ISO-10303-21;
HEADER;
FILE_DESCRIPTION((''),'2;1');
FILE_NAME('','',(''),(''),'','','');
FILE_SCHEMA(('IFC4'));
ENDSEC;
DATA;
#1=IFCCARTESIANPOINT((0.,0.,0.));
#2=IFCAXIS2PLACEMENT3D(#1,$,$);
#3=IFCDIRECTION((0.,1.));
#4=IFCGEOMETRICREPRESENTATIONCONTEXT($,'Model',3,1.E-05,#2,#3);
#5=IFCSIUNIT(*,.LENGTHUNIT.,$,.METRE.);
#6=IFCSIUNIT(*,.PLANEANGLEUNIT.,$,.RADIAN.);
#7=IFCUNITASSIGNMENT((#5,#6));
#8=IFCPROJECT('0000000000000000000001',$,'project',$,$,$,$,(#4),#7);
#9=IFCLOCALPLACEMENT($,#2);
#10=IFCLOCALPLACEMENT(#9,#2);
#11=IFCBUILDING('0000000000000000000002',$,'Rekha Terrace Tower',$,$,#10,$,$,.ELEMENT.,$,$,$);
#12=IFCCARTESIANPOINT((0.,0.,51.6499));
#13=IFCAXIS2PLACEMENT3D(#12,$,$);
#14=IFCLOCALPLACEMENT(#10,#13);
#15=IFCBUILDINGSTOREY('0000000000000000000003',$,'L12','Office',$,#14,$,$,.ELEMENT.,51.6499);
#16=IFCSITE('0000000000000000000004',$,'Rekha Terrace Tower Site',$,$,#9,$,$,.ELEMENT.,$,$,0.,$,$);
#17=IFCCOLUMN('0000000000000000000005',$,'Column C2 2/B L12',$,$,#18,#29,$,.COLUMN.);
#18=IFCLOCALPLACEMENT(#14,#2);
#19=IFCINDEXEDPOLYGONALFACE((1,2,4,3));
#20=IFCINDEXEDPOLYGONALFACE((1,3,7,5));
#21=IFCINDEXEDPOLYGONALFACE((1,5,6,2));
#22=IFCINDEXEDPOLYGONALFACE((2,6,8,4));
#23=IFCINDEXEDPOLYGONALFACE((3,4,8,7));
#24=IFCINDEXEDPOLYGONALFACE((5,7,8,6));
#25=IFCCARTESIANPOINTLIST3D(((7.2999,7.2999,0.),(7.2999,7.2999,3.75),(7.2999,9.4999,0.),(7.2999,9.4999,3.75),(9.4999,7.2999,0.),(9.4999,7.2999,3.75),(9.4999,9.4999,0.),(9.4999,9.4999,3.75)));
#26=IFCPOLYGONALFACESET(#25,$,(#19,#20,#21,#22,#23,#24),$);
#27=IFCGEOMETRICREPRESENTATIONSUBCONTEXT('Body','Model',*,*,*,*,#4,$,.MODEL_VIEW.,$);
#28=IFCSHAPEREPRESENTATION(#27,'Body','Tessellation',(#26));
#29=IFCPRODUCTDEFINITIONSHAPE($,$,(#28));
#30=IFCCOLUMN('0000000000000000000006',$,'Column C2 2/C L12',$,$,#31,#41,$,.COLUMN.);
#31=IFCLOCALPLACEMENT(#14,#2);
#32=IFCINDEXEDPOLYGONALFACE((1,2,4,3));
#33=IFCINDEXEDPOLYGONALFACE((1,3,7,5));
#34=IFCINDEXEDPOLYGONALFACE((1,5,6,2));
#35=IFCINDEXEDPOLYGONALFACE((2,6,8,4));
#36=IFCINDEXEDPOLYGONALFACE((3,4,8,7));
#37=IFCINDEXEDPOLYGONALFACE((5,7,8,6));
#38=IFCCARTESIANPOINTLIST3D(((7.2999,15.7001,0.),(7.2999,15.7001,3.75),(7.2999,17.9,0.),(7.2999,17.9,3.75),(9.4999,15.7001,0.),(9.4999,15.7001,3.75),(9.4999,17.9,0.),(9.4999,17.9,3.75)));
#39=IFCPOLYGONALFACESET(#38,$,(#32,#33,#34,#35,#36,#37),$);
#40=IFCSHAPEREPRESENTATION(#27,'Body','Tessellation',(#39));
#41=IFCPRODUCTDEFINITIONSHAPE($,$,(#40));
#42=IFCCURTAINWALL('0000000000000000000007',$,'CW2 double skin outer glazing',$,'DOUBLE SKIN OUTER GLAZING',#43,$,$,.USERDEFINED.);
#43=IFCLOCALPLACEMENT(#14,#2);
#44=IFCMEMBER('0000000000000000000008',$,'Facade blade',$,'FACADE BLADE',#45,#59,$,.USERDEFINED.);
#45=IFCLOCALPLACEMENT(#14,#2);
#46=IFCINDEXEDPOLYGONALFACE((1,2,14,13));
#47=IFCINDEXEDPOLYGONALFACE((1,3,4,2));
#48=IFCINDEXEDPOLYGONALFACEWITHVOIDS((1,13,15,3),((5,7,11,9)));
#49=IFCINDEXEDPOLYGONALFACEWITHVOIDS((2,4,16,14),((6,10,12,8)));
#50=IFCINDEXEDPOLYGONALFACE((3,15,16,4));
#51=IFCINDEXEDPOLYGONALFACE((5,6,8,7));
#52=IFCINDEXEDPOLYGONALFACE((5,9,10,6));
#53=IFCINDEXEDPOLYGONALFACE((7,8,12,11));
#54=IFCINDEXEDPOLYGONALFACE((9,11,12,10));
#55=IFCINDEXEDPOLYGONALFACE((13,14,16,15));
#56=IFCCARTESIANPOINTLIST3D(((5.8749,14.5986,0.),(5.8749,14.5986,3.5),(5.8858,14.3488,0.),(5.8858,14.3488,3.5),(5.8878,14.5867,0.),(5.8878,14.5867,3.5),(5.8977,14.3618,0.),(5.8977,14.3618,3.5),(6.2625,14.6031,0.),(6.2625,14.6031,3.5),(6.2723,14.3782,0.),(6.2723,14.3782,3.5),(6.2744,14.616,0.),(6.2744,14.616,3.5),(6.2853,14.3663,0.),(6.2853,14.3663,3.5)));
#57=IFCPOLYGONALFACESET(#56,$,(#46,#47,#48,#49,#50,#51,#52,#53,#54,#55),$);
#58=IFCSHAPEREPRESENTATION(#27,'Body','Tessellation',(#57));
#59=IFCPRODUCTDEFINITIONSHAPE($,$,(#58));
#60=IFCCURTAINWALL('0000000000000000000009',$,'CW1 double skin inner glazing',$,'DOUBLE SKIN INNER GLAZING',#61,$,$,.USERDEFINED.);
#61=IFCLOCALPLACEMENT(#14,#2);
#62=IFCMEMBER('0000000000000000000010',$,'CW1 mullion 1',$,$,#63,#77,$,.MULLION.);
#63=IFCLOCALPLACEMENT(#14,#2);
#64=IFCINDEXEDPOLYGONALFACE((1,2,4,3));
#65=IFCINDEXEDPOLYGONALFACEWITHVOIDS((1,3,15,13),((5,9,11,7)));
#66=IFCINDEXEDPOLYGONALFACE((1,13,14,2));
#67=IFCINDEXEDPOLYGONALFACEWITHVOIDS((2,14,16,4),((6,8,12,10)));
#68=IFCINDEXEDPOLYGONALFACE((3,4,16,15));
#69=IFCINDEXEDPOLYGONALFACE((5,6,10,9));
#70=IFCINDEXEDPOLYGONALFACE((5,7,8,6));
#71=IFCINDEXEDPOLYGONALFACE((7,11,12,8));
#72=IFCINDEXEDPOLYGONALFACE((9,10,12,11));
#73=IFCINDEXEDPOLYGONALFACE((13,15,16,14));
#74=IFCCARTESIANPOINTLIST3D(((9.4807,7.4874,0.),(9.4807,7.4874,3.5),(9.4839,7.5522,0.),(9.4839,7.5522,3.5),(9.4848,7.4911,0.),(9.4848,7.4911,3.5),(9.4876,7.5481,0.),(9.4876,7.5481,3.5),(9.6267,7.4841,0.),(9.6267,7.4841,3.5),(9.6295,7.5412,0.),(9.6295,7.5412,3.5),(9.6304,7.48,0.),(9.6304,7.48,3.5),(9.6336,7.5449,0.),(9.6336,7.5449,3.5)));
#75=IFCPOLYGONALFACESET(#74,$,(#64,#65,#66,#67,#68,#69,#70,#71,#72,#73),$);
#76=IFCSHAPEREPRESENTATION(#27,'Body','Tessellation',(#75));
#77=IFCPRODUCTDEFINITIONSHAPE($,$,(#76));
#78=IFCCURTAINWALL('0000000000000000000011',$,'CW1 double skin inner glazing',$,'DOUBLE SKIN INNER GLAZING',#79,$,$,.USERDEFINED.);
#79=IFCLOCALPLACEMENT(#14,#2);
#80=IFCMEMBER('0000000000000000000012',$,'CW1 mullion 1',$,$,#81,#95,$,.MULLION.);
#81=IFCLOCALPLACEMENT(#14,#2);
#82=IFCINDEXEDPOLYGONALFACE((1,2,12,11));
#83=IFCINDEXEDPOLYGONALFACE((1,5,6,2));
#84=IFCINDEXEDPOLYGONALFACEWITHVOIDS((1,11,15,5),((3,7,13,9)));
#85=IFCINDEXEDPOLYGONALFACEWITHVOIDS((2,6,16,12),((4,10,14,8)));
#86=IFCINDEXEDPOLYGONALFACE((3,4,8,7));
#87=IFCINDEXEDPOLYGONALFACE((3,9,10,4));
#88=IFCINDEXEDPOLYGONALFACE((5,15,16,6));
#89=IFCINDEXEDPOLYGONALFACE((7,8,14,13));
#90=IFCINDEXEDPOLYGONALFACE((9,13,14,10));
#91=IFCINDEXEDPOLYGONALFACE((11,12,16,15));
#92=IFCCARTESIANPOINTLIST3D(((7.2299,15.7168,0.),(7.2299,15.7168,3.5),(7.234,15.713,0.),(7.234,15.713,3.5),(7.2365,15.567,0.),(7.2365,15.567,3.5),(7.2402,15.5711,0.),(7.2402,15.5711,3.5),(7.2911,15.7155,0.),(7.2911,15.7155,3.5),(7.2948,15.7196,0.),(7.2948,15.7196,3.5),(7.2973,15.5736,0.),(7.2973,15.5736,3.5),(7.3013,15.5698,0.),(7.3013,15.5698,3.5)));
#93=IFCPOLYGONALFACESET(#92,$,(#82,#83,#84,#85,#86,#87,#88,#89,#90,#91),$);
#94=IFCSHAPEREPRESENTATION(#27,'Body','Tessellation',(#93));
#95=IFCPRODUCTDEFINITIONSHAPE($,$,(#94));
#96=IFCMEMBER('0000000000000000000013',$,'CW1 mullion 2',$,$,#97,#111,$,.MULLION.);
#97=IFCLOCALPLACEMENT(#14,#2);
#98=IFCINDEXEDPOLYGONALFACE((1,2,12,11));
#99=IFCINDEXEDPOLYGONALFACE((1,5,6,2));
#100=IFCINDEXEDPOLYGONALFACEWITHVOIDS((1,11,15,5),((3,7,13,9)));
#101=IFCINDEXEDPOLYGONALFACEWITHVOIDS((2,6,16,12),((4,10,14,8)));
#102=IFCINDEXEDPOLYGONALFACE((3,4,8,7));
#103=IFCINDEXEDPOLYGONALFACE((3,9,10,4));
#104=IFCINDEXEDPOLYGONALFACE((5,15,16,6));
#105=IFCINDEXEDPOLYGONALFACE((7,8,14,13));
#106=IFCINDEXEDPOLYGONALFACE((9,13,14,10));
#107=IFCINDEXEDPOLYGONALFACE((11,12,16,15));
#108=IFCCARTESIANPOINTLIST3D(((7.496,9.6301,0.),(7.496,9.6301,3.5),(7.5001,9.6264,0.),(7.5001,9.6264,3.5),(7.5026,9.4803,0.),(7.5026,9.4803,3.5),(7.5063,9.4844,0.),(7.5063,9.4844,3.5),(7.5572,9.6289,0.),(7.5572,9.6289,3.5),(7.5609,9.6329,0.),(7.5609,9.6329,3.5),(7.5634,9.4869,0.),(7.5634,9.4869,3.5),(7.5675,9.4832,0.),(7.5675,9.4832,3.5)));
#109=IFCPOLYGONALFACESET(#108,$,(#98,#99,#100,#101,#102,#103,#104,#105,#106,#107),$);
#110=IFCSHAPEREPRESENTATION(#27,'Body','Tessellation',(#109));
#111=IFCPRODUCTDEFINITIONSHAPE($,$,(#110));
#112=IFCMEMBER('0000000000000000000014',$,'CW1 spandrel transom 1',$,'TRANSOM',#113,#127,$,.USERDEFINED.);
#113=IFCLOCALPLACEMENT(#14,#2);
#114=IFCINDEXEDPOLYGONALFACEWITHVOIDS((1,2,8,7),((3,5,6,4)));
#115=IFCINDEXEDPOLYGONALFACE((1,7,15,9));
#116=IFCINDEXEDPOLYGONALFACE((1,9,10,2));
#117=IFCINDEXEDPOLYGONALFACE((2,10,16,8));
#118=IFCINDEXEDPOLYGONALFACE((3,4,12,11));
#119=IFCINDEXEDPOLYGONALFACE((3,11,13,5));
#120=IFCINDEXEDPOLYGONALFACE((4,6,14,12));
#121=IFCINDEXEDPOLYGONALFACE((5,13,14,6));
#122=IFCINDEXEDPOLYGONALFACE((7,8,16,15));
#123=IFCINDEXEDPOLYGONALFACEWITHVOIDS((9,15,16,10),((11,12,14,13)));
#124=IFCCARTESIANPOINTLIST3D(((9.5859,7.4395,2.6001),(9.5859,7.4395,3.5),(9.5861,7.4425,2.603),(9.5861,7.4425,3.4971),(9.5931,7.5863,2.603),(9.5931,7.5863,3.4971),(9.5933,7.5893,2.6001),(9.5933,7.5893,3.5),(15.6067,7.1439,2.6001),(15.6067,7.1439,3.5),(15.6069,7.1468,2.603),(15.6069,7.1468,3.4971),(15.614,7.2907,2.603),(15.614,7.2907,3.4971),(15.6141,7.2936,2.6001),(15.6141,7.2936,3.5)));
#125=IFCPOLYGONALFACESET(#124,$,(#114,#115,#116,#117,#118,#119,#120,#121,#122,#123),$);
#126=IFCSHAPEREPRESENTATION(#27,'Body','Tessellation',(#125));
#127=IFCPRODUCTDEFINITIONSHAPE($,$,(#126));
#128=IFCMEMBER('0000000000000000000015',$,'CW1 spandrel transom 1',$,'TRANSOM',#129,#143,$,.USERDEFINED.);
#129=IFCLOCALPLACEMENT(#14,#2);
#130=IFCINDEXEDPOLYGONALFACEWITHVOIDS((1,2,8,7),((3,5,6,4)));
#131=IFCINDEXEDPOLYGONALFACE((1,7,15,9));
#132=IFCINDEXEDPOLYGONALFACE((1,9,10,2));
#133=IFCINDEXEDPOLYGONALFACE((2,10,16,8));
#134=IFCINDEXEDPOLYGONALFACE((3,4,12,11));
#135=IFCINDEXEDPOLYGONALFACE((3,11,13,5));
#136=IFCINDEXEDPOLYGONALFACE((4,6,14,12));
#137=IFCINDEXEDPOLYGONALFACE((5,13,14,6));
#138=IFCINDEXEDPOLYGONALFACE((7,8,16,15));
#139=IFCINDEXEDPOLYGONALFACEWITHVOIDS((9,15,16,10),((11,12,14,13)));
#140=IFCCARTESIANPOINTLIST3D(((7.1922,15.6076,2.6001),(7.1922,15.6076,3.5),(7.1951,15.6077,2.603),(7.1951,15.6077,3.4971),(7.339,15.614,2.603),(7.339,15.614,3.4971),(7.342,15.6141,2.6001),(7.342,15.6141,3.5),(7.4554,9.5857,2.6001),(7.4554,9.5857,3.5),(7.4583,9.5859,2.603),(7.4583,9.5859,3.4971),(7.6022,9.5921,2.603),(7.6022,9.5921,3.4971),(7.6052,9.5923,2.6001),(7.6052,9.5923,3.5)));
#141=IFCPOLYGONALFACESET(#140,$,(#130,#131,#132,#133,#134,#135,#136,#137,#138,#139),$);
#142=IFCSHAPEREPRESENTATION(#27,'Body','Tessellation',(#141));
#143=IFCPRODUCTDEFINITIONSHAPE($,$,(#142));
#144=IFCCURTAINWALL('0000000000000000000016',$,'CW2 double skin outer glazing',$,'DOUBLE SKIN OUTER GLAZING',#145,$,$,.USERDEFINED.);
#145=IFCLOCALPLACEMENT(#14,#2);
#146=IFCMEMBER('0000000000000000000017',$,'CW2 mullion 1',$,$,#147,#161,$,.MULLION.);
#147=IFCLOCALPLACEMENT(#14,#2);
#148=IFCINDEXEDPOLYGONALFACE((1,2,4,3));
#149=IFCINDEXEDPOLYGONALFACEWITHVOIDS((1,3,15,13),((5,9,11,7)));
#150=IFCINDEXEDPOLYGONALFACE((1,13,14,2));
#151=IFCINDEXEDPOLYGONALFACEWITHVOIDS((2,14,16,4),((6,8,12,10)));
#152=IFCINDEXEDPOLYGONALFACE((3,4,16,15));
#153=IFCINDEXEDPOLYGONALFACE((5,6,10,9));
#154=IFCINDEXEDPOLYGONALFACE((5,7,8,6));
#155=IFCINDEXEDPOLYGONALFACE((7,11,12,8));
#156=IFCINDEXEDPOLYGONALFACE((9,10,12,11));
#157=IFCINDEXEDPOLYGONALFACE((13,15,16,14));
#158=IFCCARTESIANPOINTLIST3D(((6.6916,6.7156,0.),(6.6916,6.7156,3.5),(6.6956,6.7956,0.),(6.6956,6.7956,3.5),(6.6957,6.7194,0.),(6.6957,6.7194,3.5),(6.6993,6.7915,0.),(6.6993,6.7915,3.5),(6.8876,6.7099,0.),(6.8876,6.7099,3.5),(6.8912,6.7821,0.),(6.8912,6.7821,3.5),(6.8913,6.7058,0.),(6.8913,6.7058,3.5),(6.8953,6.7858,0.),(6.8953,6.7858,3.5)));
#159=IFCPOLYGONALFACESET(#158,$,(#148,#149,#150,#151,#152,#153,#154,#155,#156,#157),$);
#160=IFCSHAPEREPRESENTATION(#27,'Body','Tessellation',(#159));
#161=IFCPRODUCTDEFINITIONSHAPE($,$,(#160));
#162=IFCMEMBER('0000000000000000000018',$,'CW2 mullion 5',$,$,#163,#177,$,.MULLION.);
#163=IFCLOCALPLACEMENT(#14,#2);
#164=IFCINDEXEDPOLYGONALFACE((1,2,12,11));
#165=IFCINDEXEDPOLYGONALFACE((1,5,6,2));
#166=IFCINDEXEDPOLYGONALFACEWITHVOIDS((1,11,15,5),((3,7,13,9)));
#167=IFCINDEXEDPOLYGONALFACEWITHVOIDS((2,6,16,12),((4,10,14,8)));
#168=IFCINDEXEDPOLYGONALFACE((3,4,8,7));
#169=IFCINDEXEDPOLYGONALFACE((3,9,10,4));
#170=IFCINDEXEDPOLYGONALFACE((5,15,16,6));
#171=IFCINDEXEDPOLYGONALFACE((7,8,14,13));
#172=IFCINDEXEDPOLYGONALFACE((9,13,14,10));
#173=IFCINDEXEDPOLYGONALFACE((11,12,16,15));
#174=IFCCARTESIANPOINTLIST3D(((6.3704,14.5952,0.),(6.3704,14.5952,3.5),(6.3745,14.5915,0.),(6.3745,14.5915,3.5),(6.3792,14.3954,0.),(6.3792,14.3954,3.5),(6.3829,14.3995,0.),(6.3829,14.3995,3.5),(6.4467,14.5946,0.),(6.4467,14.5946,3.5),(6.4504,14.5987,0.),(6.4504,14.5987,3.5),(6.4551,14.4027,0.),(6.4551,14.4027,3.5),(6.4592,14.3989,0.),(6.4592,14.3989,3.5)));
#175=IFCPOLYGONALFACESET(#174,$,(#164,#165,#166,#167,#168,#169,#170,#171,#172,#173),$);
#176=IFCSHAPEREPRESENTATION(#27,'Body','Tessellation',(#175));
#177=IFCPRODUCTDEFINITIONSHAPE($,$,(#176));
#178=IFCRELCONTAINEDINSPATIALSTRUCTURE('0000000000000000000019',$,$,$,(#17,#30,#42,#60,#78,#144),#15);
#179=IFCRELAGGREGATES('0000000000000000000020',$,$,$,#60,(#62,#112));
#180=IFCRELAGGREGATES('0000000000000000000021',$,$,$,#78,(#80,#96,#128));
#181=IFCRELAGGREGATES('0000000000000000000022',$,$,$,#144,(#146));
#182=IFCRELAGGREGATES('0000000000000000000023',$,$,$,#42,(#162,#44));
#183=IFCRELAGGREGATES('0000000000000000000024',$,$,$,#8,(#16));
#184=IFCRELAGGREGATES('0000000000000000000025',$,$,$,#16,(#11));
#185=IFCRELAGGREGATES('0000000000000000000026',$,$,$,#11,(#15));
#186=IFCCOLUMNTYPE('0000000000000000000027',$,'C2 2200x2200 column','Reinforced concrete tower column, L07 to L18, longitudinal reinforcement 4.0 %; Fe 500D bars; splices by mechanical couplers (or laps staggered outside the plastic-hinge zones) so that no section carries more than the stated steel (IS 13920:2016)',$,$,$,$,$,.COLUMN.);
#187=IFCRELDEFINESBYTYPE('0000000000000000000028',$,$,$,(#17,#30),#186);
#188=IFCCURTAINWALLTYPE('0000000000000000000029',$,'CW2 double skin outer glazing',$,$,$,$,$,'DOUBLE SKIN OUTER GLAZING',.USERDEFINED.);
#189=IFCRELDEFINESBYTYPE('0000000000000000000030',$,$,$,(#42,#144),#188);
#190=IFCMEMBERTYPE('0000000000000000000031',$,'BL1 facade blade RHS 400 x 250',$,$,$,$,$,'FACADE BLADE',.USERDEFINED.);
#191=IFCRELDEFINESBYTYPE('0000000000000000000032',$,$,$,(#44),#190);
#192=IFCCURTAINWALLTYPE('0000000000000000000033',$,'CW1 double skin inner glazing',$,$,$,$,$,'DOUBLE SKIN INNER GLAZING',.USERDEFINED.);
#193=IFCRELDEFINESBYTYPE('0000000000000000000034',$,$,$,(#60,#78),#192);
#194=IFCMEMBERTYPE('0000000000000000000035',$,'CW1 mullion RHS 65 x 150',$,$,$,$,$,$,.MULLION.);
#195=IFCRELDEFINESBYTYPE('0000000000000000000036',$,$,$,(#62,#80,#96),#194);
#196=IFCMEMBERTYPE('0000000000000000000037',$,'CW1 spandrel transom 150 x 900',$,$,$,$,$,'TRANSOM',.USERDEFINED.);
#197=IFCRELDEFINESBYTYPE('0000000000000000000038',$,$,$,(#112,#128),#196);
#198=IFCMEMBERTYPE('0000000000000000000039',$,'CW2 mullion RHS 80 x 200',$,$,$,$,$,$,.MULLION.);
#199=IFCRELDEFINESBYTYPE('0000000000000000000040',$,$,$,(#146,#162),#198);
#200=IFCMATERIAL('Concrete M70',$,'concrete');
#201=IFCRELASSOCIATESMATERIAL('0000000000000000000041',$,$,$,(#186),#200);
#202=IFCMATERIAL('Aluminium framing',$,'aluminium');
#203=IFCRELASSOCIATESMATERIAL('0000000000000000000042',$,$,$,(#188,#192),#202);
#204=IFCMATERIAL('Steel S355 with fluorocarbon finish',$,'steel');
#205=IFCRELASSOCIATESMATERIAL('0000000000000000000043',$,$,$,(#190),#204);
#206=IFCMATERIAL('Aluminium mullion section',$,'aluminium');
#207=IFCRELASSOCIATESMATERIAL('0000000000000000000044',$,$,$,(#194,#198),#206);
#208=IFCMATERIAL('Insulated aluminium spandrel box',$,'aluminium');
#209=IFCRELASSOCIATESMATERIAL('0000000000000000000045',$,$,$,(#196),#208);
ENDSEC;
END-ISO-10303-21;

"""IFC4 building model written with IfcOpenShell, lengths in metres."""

from ifc_helpers import new_model, si_unit, direction, frame, origin, origin_2d, place, context, subcontext, project, spatial, rectangle, hollow_rectangle, extrude, material, material_profile, profile_set, type_object, element, aggregate, save


model = new_model("IFC4")

# Units and contexts
model_context = context("Model", 3, precision=1e-05, world=origin(), true_north=direction((0.0, 1.0)))
body_context = subcontext(model_context, "Body", "Model", "MODEL_VIEW")
ifc_project = project(units=[si_unit("LENGTHUNIT", "METRE"), si_unit("PLANEANGLEUNIT", "RADIAN")], contexts=[model_context])

# Site, building, storey
site_placement = place(None, origin())
site = spatial("IfcSite", under=ifc_project, at=site_placement, Name="Rekha Terrace Tower Site", CompositionType="ELEMENT", RefElevation=0.0)
building_placement = place(site_placement, origin())
building = spatial("IfcBuilding", under=site, at=building_placement, Name="Rekha Terrace Tower", CompositionType="ELEMENT")
storey_placement = place(building_placement, frame((0.0, 0.0, 51.6499)))
storey = spatial("IfcBuildingStorey", under=building, at=storey_placement, Name="L12", Description="Office", CompositionType="ELEMENT", Elevation=51.6499)

# Columns
ifc_material_1 = material(Name="Concrete M70", Category="concrete")
ifc_material_profile_1 = material_profile(ifc_material_1, rectangle(XDim=2.2, YDim=2.2, at=origin_2d()), Name="RC 2200x2200")
ifc_profile_set_1 = profile_set([ifc_material_profile_1], Name="Concrete M70")
column_type = type_object("IfcColumnType", Name="C2 2200x2200 column", Description="Reinforced concrete tower column, L07 to L18, longitudinal reinforcement 4.0 %; Fe 500D bars; splices by mechanical couplers (or laps staggered outside the plastic-hinge zones) so that no section carries more than the stated steel (IS 13920:2016)", PredefinedType="COLUMN", material=ifc_profile_set_1)
for number, where, z_axis, x_axis, name in (
    (1, (8.3999, 8.3999, 0.0), (0.0, 0.0, 1.0), (1.0, 0.0, 0.0), "Column C2 2/B L12"),
    (2, (8.3999, 16.8, 0.0), (0.0, 0.0, 1.0), (1.0, 0.0, 0.0), "Column C2 2/C L12"),
):
    element("IfcColumn", number, at=place(storey_placement, frame(where, z_axis=z_axis, x_axis=x_axis)), inside=storey, type_object=column_type, Name=name, PredefinedType="COLUMN", context=body_context, shape_type="SweptSolid", body=[
        extrude(rectangle(XDim=2.2, YDim=2.2, at=origin_2d()), origin(), (0.0, 0.0, 1.0), 3.75),
    ])

# Curtain walls, members
ifc_material_2 = material(Name="Aluminium framing", Category="aluminium")
curtain_wall_type_1 = type_object("IfcCurtainWallType", Name="CW2 double skin outer glazing", ElementType="DOUBLE SKIN OUTER GLAZING", PredefinedType="USERDEFINED", material=ifc_material_2)
curtain_wall_1_placement = place(storey_placement, origin())
curtain_wall_1 = element("IfcCurtainWall", 3, at=curtain_wall_1_placement, inside=storey, type_object=curtain_wall_type_1, Name="CW2 double skin outer glazing", ObjectType="DOUBLE SKIN OUTER GLAZING", PredefinedType="USERDEFINED")
ifc_material_3 = material(Name="Steel S355 with fluorocarbon finish", Category="steel")
ifc_material_profile_2 = material_profile(ifc_material_3, hollow_rectangle(XDim=0.25, YDim=0.3999, WallThickness=0.0125, at=origin_2d()), Name="RHS400x250x12.5")
ifc_profile_set_2 = profile_set([ifc_material_profile_2], Name="Steel S355 with fluorocarbon finish")
member_type_1 = type_object("IfcMemberType", Name="BL1 facade blade RHS 400 x 250", ElementType="FACADE BLADE", PredefinedType="USERDEFINED", material=ifc_profile_set_2)
member_1_placement = place(storey_placement, frame((6.0801, 14.4824, 0.0), z_axis=(0.0, 0.0, 1.0), x_axis=(0.043682, -0.999045, 0.0)))
member_1 = element("IfcMember", 4, at=member_1_placement, type_object=member_type_1, Name="Facade blade", ObjectType="FACADE BLADE", PredefinedType="USERDEFINED", context=body_context, shape_type="SweptSolid", body=[
    extrude(hollow_rectangle(XDim=0.25, YDim=0.3999, WallThickness=0.0125, at=origin_2d()), origin(), (0.0, 0.0, 1.0), 3.5),
])
curtain_wall_type_2 = type_object("IfcCurtainWallType", Name="CW1 double skin inner glazing", ElementType="DOUBLE SKIN INNER GLAZING", PredefinedType="USERDEFINED", material=ifc_material_2)
curtain_wall_2_placement = place(storey_placement, origin())
curtain_wall_2 = element("IfcCurtainWall", 5, at=curtain_wall_2_placement, inside=storey, type_object=curtain_wall_type_2, Name="CW1 double skin inner glazing", ObjectType="DOUBLE SKIN INNER GLAZING", PredefinedType="USERDEFINED")
ifc_material_4 = material(Name="Aluminium mullion section", Category="aluminium")
ifc_material_profile_3 = material_profile(ifc_material_4, hollow_rectangle(XDim=0.0649, YDim=0.1499, WallThickness=0.0039, at=origin_2d()), Name="AL RHS 65x150")
ifc_profile_set_3 = profile_set([ifc_material_profile_3], Name="Aluminium mullion section")
member_type_2 = type_object("IfcMemberType", Name="CW1 mullion RHS 65 x 150", PredefinedType="MULLION", material=ifc_profile_set_3)
member_2_placement = place(storey_placement, frame((9.5571, 7.5161, 0.0), z_axis=(0.0, 0.0, 1.0), x_axis=(0.049052, 0.998796, 0.0)))
member_2 = element("IfcMember", 6, at=member_2_placement, type_object=member_type_2, Name="CW1 mullion 1", PredefinedType="MULLION", context=body_context, shape_type="SweptSolid", body=[
    extrude(hollow_rectangle(XDim=0.0649, YDim=0.1499, WallThickness=0.0039, at=origin_2d()), origin(), (0.0, 0.0, 1.0), 3.5),
])

# Curtain wall, members
curtain_wall_3_placement = place(storey_placement, origin())
curtain_wall_3 = element("IfcCurtainWall", 7, at=curtain_wall_3_placement, inside=storey, type_object=curtain_wall_type_2, Name="CW1 double skin inner glazing", ObjectType="DOUBLE SKIN INNER GLAZING", PredefinedType="USERDEFINED")
member_3_placement = place(storey_placement, frame((7.2656, 15.6433, 0.0), z_axis=(0.0, 0.0, 1.0), x_axis=(0.999045, 0.043683, 0.0)))
member_3 = element("IfcMember", 8, at=member_3_placement, type_object=member_type_2, Name="CW1 mullion 1", PredefinedType="MULLION", context=body_context, shape_type="SweptSolid", body=[
    extrude(hollow_rectangle(XDim=0.0649, YDim=0.1499, WallThickness=0.0039, at=origin_2d()), origin(), (0.0, 0.0, 1.0), 3.5),
])
member_4_placement = place(storey_placement, frame((7.5317, 9.5566, 0.0), z_axis=(0.0, 0.0, 1.0), x_axis=(0.999045, 0.043683, 0.0)))
member_4 = element("IfcMember", 9, at=member_4_placement, type_object=member_type_2, Name="CW1 mullion 2", PredefinedType="MULLION", context=body_context, shape_type="SweptSolid", body=[
    extrude(hollow_rectangle(XDim=0.0649, YDim=0.1499, WallThickness=0.0039, at=origin_2d()), origin(), (0.0, 0.0, 1.0), 3.5),
])

# Members
ifc_material_5 = material(Name="Insulated aluminium spandrel box", Category="aluminium")
ifc_material_profile_4 = material_profile(ifc_material_5, hollow_rectangle(XDim=0.1499, YDim=0.8999, WallThickness=0.0029, at=origin_2d()), Name="AL SPANDREL BOX 150x900")
ifc_profile_set_4 = profile_set([ifc_material_profile_4], Name="Insulated aluminium spandrel box")
member_type_3 = type_object("IfcMemberType", Name="CW1 spandrel transom 150 x 900", ElementType="TRANSOM", PredefinedType="USERDEFINED", material=ifc_profile_set_4)
member_5_placement = place(storey_placement, frame((9.5896, 7.5144, 3.05), z_axis=(0.998796, -0.049047, 0.0), x_axis=(0.049047, 0.998796, 0.0)))
member_5 = element("IfcMember", 10, at=member_5_placement, type_object=member_type_3, Name="CW1 spandrel transom 1", ObjectType="TRANSOM", PredefinedType="USERDEFINED", context=body_context, shape_type="SweptSolid", body=[
    extrude(hollow_rectangle(XDim=0.1499, YDim=0.8999, WallThickness=0.0029, at=origin_2d()), origin(), (0.0, 0.0, 1.0), 6.0281),
])
aggregate(curtain_wall_2, [member_2, member_5])
member_6_placement = place(storey_placement, frame((7.2671, 15.6108, 3.05), z_axis=(0.043664, -0.999046, 0.0), x_axis=(0.999046, 0.043664, 0.0)))
member_6 = element("IfcMember", 11, at=member_6_placement, type_object=member_type_3, Name="CW1 spandrel transom 1", ObjectType="TRANSOM", PredefinedType="USERDEFINED", context=body_context, shape_type="SweptSolid", body=[
    extrude(hollow_rectangle(XDim=0.1499, YDim=0.8999, WallThickness=0.0029, at=origin_2d()), origin(), (0.0, 0.0, 1.0), 6.0276),
])

# Curtain wall, member
curtain_wall_4_placement = place(storey_placement, origin())
curtain_wall_4 = element("IfcCurtainWall", 12, at=curtain_wall_4_placement, inside=storey, type_object=curtain_wall_type_1, Name="CW2 double skin outer glazing", ObjectType="DOUBLE SKIN OUTER GLAZING", PredefinedType="USERDEFINED")
ifc_material_profile_5 = material_profile(ifc_material_4, hollow_rectangle(XDim=0.0801, YDim=0.2, WallThickness=0.0039, at=origin_2d()), Name="AL RHS 80x200")
ifc_profile_set_5 = profile_set([ifc_material_profile_5], Name="Aluminium mullion section")
member_type_4 = type_object("IfcMemberType", Name="CW2 mullion RHS 80 x 200", PredefinedType="MULLION", material=ifc_profile_set_5)
member_7_placement = place(storey_placement, frame((6.7935, 6.7507, 0.0), z_axis=(0.0, 0.0, 1.0), x_axis=(0.049052, 0.998796, 0.0)))
member_7 = element("IfcMember", 13, at=member_7_placement, type_object=member_type_4, Name="CW2 mullion 1", PredefinedType="MULLION", context=body_context, shape_type="SweptSolid", body=[
    extrude(hollow_rectangle(XDim=0.0801, YDim=0.2, WallThickness=0.0039, at=origin_2d()), origin(), (0.0, 0.0, 1.0), 3.5),
])

# Member
member_8_placement = place(storey_placement, frame((6.4148, 14.4971, 0.0), z_axis=(0.0, 0.0, 1.0), x_axis=(0.999045, 0.043683, 0.0)))
member_8 = element("IfcMember", 14, at=member_8_placement, type_object=member_type_4, Name="CW2 mullion 5", PredefinedType="MULLION", context=body_context, shape_type="SweptSolid", body=[
    extrude(hollow_rectangle(XDim=0.0801, YDim=0.2, WallThickness=0.0039, at=origin_2d()), origin(), (0.0, 0.0, 1.0), 3.5),
])

aggregate(curtain_wall_3, [member_3, member_4, member_6])
aggregate(curtain_wall_4, [member_7])
aggregate(curtain_wall_1, [member_8, member_1])

save(model, "model.ifc")
